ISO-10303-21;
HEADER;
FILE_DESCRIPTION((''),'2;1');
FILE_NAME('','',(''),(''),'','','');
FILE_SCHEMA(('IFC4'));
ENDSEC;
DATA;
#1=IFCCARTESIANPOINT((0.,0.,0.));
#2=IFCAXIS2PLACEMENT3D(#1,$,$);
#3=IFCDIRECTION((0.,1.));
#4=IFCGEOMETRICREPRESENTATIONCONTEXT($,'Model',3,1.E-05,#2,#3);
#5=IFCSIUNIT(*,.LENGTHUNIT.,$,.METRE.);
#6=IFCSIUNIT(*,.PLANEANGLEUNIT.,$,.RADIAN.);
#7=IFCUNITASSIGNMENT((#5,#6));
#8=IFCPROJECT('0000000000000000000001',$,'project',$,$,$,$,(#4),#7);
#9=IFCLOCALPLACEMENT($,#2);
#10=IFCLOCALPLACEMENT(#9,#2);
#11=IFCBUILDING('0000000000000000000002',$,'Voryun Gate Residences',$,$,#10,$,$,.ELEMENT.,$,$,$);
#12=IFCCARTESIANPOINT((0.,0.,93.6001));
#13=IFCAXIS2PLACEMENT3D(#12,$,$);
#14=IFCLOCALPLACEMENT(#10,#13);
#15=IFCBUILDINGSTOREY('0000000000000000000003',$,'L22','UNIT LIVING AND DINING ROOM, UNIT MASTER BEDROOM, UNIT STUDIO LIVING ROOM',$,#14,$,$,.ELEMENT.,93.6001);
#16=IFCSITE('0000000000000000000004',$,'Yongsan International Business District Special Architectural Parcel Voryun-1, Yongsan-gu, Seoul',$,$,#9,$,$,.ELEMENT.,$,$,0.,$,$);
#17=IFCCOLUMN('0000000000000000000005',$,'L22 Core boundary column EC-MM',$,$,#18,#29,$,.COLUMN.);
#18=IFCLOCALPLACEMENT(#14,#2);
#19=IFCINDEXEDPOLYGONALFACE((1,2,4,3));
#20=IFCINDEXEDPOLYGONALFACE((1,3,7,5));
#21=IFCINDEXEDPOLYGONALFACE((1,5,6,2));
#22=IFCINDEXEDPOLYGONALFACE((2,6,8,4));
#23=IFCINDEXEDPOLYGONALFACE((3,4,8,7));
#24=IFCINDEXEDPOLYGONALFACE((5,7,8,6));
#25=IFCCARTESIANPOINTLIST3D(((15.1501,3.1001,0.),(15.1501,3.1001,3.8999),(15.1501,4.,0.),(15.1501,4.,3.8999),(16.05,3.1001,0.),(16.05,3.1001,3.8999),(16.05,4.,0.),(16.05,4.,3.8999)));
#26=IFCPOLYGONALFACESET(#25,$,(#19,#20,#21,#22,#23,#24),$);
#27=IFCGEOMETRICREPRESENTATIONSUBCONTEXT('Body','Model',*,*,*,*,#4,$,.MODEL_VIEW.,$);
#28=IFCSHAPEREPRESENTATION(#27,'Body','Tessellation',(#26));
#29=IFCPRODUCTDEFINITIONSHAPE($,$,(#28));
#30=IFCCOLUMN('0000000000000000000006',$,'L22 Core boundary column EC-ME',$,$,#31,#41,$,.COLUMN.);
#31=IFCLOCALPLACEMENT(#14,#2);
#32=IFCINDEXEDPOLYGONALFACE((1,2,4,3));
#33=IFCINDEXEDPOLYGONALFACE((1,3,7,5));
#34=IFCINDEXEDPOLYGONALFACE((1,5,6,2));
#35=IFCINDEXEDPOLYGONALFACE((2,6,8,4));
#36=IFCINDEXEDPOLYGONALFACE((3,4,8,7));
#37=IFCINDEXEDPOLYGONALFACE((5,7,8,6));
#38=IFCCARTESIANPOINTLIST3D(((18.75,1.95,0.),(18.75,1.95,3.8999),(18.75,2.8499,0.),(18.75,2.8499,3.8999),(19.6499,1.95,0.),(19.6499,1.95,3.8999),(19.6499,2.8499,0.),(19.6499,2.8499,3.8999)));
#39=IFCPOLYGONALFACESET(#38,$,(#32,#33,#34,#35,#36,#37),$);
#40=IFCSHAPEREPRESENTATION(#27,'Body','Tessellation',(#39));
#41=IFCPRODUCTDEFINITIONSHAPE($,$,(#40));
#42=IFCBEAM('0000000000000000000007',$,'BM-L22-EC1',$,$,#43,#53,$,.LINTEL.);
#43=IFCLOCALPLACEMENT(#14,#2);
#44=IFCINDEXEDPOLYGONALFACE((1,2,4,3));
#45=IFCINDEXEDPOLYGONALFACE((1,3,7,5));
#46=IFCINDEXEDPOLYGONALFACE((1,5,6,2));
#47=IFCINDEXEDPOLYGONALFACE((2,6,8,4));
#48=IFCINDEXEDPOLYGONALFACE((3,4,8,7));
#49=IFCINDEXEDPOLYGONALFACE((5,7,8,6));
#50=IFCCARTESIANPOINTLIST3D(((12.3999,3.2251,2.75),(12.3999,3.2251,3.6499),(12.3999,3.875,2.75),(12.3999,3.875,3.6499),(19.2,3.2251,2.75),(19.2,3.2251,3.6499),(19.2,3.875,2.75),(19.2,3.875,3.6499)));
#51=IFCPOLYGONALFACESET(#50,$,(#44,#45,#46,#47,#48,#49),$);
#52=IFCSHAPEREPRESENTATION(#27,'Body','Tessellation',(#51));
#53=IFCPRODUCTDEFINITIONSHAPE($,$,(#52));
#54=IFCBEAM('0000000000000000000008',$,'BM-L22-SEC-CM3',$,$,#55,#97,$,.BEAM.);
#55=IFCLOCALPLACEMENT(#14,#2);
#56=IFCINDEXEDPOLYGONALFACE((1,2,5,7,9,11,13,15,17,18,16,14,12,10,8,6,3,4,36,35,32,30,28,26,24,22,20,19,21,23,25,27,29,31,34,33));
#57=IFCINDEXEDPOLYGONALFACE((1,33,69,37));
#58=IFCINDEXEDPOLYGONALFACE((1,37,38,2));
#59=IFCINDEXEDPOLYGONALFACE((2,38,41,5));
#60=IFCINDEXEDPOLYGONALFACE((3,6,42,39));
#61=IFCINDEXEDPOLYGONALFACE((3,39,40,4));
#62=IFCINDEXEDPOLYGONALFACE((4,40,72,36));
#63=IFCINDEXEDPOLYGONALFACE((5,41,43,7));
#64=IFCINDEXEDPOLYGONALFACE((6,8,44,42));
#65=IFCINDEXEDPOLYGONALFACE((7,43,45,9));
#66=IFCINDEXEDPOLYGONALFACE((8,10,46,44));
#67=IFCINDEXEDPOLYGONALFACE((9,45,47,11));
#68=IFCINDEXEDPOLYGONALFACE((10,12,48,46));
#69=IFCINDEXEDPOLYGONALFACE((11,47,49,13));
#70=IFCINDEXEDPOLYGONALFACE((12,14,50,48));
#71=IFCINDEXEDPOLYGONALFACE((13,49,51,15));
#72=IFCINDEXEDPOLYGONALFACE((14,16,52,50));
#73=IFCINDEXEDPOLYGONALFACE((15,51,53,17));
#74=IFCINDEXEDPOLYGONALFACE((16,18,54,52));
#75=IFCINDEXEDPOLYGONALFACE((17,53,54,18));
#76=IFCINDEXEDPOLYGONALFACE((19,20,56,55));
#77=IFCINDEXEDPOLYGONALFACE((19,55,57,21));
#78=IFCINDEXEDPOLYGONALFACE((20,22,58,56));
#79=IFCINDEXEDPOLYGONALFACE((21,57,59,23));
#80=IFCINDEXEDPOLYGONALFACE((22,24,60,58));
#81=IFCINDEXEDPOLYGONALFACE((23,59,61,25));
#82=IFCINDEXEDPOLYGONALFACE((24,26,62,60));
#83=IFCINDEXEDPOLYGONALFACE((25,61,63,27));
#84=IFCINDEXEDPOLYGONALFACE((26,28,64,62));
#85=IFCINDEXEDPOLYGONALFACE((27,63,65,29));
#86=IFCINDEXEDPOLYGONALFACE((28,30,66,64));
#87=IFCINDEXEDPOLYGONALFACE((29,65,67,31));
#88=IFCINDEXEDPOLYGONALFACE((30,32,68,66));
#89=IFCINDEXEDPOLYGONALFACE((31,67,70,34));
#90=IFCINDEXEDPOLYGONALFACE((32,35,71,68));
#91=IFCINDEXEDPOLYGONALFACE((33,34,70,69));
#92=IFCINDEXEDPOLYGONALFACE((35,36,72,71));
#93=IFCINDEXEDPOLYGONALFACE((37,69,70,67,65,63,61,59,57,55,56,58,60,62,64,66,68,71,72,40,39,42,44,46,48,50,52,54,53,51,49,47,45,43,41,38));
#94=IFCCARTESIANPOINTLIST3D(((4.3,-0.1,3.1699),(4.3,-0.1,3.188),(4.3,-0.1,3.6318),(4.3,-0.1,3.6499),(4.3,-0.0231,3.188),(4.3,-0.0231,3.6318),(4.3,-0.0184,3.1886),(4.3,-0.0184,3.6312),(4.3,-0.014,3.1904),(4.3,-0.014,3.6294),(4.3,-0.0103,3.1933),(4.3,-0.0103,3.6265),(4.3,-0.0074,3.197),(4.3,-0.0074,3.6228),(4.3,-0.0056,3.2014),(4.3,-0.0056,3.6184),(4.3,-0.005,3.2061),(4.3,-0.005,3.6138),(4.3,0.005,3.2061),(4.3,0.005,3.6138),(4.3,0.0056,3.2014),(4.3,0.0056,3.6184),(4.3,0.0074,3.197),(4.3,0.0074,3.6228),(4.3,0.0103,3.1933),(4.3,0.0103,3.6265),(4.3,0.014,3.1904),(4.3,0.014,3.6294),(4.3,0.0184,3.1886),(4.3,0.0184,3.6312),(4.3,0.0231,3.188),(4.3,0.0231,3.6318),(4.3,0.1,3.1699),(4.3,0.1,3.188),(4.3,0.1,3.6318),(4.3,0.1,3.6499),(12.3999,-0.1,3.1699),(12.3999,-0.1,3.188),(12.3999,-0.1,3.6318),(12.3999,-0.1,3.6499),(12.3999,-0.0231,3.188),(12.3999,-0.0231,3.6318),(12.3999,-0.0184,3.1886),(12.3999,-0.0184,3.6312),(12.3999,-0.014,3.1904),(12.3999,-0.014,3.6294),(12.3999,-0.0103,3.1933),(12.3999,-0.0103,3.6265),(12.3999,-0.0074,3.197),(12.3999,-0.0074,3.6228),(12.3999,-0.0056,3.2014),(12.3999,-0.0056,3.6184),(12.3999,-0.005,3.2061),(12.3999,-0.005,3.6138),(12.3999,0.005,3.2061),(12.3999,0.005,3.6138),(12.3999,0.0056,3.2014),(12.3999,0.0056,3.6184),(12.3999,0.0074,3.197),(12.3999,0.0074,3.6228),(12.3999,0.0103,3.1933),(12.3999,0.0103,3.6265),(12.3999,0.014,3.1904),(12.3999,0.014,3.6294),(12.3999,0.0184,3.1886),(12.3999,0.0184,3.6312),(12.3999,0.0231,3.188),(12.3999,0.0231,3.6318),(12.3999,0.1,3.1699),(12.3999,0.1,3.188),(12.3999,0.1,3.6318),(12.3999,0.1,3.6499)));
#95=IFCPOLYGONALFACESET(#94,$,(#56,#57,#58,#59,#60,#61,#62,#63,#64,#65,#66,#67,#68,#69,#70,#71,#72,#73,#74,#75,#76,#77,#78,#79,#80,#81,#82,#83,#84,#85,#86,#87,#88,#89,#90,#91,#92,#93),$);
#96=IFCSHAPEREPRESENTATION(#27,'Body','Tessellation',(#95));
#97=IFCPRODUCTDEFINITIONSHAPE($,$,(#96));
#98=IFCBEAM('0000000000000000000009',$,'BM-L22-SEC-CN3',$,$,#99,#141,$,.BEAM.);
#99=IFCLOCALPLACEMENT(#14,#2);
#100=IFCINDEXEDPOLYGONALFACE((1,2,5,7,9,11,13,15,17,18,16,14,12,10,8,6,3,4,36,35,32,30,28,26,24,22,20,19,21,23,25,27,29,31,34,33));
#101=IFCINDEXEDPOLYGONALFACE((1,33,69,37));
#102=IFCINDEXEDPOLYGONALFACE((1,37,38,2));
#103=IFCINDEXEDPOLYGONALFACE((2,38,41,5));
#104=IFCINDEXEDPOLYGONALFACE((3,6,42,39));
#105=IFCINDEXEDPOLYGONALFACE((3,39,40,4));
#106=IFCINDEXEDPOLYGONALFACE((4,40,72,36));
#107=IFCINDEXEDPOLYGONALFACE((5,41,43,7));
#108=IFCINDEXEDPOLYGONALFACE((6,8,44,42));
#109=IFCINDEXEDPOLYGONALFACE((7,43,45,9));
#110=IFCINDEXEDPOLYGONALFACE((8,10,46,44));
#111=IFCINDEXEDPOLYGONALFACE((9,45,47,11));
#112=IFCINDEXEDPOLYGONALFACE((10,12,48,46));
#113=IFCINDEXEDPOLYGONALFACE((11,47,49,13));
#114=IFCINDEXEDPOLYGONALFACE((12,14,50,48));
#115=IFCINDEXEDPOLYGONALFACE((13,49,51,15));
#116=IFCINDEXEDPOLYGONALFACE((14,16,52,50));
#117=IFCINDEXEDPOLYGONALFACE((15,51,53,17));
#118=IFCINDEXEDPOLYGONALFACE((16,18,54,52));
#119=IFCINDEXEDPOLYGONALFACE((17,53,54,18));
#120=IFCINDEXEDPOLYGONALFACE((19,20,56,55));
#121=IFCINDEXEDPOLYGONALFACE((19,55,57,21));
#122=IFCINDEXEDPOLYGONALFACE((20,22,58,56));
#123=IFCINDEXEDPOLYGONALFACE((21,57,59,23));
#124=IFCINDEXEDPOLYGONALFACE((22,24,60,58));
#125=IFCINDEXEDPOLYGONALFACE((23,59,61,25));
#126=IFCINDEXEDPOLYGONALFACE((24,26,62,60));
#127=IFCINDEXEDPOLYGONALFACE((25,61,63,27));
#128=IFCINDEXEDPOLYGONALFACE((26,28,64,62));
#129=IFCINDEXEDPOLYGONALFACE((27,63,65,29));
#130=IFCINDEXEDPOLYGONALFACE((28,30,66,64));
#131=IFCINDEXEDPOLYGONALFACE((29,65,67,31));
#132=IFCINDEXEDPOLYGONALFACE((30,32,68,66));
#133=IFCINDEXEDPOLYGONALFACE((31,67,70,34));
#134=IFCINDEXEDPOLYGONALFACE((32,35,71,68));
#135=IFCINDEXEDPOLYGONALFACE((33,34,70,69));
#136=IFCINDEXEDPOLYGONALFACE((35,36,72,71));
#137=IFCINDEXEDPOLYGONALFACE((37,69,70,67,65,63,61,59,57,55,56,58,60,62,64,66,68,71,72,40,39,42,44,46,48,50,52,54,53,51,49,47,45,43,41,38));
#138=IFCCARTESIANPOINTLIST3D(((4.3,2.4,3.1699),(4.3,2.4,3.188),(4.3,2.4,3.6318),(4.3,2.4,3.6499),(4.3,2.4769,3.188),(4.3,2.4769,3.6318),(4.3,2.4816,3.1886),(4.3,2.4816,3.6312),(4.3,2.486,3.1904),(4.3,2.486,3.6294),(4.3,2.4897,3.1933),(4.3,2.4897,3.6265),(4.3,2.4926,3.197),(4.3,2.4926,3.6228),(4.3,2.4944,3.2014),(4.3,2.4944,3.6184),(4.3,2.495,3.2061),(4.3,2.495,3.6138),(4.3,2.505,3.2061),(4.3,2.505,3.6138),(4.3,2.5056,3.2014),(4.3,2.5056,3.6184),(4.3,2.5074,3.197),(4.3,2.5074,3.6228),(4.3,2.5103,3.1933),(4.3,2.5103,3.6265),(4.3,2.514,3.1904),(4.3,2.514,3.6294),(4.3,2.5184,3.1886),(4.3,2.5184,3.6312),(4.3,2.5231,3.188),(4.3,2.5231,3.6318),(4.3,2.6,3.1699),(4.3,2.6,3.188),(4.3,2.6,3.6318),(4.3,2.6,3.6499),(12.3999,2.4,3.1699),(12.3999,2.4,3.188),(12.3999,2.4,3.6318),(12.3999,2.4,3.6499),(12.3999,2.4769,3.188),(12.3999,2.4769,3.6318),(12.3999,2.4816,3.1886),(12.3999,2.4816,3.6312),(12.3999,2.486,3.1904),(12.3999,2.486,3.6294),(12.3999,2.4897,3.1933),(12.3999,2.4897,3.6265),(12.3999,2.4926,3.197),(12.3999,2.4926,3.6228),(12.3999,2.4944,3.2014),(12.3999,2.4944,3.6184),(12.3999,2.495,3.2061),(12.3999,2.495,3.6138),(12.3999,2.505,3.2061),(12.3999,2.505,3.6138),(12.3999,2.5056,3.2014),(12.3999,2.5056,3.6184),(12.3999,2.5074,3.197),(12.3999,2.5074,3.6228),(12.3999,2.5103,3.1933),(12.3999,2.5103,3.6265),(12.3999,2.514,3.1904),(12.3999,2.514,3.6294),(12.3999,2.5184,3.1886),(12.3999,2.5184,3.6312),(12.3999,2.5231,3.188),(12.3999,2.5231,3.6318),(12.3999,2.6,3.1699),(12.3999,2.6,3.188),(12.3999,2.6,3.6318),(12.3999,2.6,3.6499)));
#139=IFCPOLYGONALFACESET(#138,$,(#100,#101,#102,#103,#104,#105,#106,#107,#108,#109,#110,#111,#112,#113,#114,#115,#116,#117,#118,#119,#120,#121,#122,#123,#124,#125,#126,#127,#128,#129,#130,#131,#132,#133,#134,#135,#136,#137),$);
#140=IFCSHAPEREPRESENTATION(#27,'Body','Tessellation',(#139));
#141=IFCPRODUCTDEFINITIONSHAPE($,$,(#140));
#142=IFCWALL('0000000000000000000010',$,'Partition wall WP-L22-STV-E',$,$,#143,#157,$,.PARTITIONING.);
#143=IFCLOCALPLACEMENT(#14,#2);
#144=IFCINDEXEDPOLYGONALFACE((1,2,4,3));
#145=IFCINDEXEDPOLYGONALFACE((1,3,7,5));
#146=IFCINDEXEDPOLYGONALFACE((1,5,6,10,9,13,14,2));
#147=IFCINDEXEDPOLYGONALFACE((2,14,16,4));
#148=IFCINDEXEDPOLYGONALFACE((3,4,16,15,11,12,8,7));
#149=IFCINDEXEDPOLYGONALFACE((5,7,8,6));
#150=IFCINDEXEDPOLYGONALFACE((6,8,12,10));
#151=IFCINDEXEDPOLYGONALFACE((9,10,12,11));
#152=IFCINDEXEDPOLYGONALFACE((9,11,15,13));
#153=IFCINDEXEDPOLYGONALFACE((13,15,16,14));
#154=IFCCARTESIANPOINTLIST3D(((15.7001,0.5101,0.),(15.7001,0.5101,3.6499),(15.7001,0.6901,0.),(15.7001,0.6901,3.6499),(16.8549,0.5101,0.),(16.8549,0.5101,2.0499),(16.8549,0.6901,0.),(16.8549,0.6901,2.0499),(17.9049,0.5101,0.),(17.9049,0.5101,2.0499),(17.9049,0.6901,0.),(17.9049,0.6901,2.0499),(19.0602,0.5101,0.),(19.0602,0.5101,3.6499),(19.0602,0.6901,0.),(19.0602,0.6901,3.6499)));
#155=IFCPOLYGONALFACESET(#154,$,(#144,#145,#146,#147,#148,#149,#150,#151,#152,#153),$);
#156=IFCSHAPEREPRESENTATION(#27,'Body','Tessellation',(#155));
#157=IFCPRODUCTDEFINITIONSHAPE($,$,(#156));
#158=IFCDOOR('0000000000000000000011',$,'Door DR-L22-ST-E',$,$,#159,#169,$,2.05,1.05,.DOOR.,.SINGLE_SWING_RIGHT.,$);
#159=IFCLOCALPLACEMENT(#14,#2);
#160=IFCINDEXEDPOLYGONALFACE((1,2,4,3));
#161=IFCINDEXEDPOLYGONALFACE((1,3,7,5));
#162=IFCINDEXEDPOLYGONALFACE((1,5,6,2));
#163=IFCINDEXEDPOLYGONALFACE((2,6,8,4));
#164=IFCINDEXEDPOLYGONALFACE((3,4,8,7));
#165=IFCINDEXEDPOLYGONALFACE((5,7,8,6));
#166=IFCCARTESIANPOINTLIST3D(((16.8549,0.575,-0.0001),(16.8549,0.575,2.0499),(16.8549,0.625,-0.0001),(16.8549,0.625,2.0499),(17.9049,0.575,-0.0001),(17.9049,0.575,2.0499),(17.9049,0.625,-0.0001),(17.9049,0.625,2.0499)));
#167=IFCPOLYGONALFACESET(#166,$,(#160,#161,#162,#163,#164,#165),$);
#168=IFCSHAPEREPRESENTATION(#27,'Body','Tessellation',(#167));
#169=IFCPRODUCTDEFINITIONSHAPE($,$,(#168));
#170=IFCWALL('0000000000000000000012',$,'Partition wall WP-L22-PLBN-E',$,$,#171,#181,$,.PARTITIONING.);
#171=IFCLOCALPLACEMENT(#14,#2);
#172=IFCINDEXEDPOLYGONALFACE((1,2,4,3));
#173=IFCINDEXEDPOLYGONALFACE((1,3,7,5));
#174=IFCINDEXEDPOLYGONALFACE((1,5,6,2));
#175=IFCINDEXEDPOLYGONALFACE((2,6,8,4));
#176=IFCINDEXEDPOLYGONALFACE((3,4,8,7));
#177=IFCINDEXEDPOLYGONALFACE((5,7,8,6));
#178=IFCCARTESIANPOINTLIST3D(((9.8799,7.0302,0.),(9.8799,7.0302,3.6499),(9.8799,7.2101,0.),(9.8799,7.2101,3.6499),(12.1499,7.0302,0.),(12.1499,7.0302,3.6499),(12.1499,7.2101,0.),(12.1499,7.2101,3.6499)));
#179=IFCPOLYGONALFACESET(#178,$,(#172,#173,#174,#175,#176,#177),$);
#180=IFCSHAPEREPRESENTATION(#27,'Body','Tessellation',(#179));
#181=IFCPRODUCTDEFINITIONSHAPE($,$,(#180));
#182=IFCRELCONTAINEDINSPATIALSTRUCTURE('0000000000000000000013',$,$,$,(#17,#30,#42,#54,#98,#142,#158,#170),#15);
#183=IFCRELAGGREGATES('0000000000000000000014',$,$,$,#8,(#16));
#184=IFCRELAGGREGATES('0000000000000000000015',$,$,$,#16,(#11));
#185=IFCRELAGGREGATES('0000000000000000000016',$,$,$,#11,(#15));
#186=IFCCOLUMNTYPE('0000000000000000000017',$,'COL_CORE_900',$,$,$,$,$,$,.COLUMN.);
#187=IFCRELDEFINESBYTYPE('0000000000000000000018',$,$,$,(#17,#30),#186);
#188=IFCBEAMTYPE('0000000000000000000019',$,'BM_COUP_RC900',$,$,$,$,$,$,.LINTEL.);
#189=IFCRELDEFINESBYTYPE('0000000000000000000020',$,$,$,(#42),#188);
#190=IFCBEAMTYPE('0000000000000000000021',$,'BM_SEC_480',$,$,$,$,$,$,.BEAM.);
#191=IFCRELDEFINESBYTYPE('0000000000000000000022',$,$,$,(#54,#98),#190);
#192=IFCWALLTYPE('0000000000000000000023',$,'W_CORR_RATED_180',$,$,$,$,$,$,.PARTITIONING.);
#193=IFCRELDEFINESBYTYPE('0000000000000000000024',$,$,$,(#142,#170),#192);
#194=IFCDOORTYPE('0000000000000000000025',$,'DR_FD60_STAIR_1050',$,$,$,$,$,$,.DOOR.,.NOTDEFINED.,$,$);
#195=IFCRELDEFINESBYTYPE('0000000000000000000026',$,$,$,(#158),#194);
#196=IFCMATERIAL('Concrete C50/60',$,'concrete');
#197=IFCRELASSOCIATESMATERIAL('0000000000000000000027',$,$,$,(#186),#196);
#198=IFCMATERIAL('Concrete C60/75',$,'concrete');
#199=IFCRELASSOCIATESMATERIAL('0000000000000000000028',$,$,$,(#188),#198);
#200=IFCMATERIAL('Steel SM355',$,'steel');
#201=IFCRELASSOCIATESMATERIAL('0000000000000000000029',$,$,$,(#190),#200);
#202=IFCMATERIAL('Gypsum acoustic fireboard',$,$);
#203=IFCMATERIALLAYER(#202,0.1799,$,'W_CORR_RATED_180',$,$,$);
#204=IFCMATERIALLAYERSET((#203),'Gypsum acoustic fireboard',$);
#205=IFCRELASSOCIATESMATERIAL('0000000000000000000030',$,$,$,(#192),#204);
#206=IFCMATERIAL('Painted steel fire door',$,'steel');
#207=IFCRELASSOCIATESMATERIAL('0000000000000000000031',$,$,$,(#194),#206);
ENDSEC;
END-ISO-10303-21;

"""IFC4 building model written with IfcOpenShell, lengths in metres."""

from ifc_helpers import new_model, si_unit, direction, frame, frame_2d, origin, origin_2d, place, context, subcontext, project, spatial, rectangle, i_section, extrude, material, layer, layer_set, material_profile, profile_set, type_object, element, fill, save


model = new_model("IFC4")

# Units and contexts
model_context = context("Model", 3, precision=1e-05, world=origin(), true_north=direction((0.0, 1.0)))
body_context = subcontext(model_context, "Body", "Model", "MODEL_VIEW")
ifc_project = project(units=[si_unit("LENGTHUNIT", "METRE"), si_unit("PLANEANGLEUNIT", "RADIAN")], contexts=[model_context])

# Site, building, storey
site_placement = place(None, origin())
site = spatial("IfcSite", under=ifc_project, at=site_placement, Name="Yongsan International Business District Special Architectural Parcel Voryun-1, Yongsan-gu, Seoul", CompositionType="ELEMENT", RefElevation=0.0)
building_placement = place(site_placement, origin())
building = spatial("IfcBuilding", under=site, at=building_placement, Name="Voryun Gate Residences", CompositionType="ELEMENT")
storey_placement = place(building_placement, frame((0.0, 0.0, 93.6001)))
storey = spatial("IfcBuildingStorey", under=building, at=storey_placement, Name="L22", Description="UNIT LIVING AND DINING ROOM, UNIT MASTER BEDROOM, UNIT STUDIO LIVING ROOM", CompositionType="ELEMENT", Elevation=93.6001)

# Columns
ifc_material_1 = material(Name="Concrete C50/60", Category="concrete")
ifc_material_profile_1 = material_profile(ifc_material_1, rectangle(XDim=0.8999, YDim=0.8999, at=origin_2d()), Name="RC-900x900")
ifc_profile_set_1 = profile_set([ifc_material_profile_1], Name="Concrete C50/60")
column_type = type_object("IfcColumnType", Name="COL_CORE_900", PredefinedType="COLUMN", material=ifc_profile_set_1)
for number, where, z_axis, x_axis, name in (
    (1, (15.6001, 3.55, 0.0), (0.0, 0.0, 1.0), (1.0, 0.0, 0.0), "L22 Core boundary column EC-MM"),
    (2, (19.2, 2.3999, 0.0), (0.0, 0.0, 1.0), (1.0, 0.0, 0.0), "L22 Core boundary column EC-ME"),
):
    element("IfcColumn", number, at=place(storey_placement, frame(where, z_axis=z_axis, x_axis=x_axis)), inside=storey, type_object=column_type, Name=name, PredefinedType="COLUMN", context=body_context, shape_type="SweptSolid", body=[
        extrude(rectangle(XDim=0.8999, YDim=0.8999, at=origin_2d()), origin(), (0.0, 0.0, 1.0), 3.8999),
    ])

# Beams
ifc_material_2 = material(Name="Concrete C60/75", Category="concrete")
ifc_material_profile_2 = material_profile(ifc_material_2, rectangle(XDim=0.6499, YDim=0.8999, at=origin_2d()), Name="RC-650x900")
ifc_profile_set_2 = profile_set([ifc_material_profile_2], Name="Concrete C60/75")
beam_type_1 = type_object("IfcBeamType", Name="BM_COUP_RC900", PredefinedType="LINTEL", material=ifc_profile_set_2)
beam_placement = place(storey_placement, frame((12.3999, 3.55, 3.2), z_axis=(1.0, 0.0, 0.0), x_axis=(0.0, 1.0, 0.0)))
element("IfcBeam", 3, at=beam_placement, inside=storey, type_object=beam_type_1, Name="BM-L22-EC1", PredefinedType="LINTEL", context=body_context, shape_type="SweptSolid", body=[
    extrude(rectangle(XDim=0.6499, YDim=0.8999, at=origin_2d()), origin(), (0.0, 0.0, 1.0), 6.8),
])
ifc_material_3 = material(Name="Steel SM355", Category="steel")
ifc_material_profile_3 = material_profile(ifc_material_3, i_section(OverallWidth=0.2, OverallDepth=0.48, WebThickness=0.01, FlangeThickness=0.0181, FilletRadius=0.0181, at=origin_2d()), Name="H-480x200x10x18")
ifc_profile_set_3 = profile_set([ifc_material_profile_3], Name="Steel SM355")
beam_type_2 = type_object("IfcBeamType", Name="BM_SEC_480", PredefinedType="BEAM", material=ifc_profile_set_3)
for number, where, z_axis, x_axis, name in (
    (4, (4.3, 0.0, 3.4099), (1.0, 0.0, 0.0), (0.0, 1.0, 0.0), "BM-L22-SEC-CM3"),
    (5, (4.3, 2.5, 3.4099), (1.0, 0.0, 0.0), (0.0, 1.0, 0.0), "BM-L22-SEC-CN3"),
):
    element("IfcBeam", number, at=place(storey_placement, frame(where, z_axis=z_axis, x_axis=x_axis)), inside=storey, type_object=beam_type_2, Name=name, PredefinedType="BEAM", context=body_context, shape_type="SweptSolid", body=[
        extrude(i_section(OverallWidth=0.2, OverallDepth=0.48, WebThickness=0.01, FlangeThickness=0.0181, FilletRadius=0.0181, at=origin_2d()), origin(), (0.0, 0.0, 1.0), 8.0999),
    ])

# Wall, opening, door
ifc_material_4 = material(Name="Gypsum acoustic fireboard")
ifc_layer_1 = layer(ifc_material_4, 0.1799, Name="W_CORR_RATED_180")
ifc_layer_set_1 = layer_set([ifc_layer_1], Name="Gypsum acoustic fireboard")
wall_type_1 = type_object("IfcWallType", Name="W_CORR_RATED_180", PredefinedType="PARTITIONING", material=ifc_layer_set_1)
wall_1_placement = place(storey_placement, frame((15.7, 0.6001, 0.0), z_axis=(0.0, 0.0, 1.0), x_axis=(1.0, 0.0, 0.0)))
wall_1 = element("IfcWall", 6, at=wall_1_placement, inside=storey, type_object=wall_type_1, Name="Partition wall WP-L22-STV-E", PredefinedType="PARTITIONING", context=body_context, shape_type="SweptSolid", body=[
    extrude(rectangle(XDim=3.3601, YDim=0.1799, at=frame_2d((1.6802, 0.0))), origin(), (0.0, 0.0, 1.0), 3.6499),
])
opening_1_placement = place(wall_1_placement, frame((1.155, 0.0, 0.0)))
opening_1 = element("IfcOpeningElement", 7, at=opening_1_placement, cuts=wall_1, PredefinedType="OPENING", context=body_context, shape_type="SweptSolid", body=[
    extrude(rectangle(XDim=1.05, YDim=2.05, at=frame_2d((0.5249, 1.0249))), frame((0.0, 0.0999, 0.0), z_axis=(0.0, -1.0, 0.0), x_axis=(1.0, 0.0, 0.0)), (0.0, 0.0, 1.0), 0.2),
])
ifc_material_5 = material(Name="Painted steel fire door", Category="steel")
door_type_1 = type_object("IfcDoorType", Name="DR_FD60_STAIR_1050", OperationType="NOTDEFINED", PredefinedType="DOOR", material=ifc_material_5)
door_1_placement = place(opening_1_placement, origin())
door_1 = element("IfcDoor", 8, at=door_1_placement, inside=storey, type_object=door_type_1, Name="Door DR-L22-ST-E", OperationType="SINGLE_SWING_RIGHT", OverallHeight=2.05, OverallWidth=1.05, PredefinedType="DOOR", context=body_context, shape_type="SweptSolid", body=[
    extrude(rectangle(XDim=1.05, YDim=2.05, at=frame_2d((0.5249, 1.0249))), frame((0.0, 0.0249, 0.0), z_axis=(0.0, -1.0, 0.0), x_axis=(1.0, 0.0, 0.0)), (0.0, 0.0, 1.0), 0.05),
])
fill(opening_1, door_1)

# Wall
wall_2_placement = place(storey_placement, frame((9.8799, 7.1201, 0.0), z_axis=(0.0, 0.0, 1.0), x_axis=(1.0, 0.0, 0.0)))
element("IfcWall", 9, at=wall_2_placement, inside=storey, type_object=wall_type_1, Name="Partition wall WP-L22-PLBN-E", PredefinedType="PARTITIONING", context=body_context, shape_type="SweptSolid", body=[
    extrude(rectangle(XDim=2.27, YDim=0.1799, at=frame_2d((1.135, 0.0))), origin(), (0.0, 0.0, 1.0), 3.6499),
])

save(model, "model.ifc")
